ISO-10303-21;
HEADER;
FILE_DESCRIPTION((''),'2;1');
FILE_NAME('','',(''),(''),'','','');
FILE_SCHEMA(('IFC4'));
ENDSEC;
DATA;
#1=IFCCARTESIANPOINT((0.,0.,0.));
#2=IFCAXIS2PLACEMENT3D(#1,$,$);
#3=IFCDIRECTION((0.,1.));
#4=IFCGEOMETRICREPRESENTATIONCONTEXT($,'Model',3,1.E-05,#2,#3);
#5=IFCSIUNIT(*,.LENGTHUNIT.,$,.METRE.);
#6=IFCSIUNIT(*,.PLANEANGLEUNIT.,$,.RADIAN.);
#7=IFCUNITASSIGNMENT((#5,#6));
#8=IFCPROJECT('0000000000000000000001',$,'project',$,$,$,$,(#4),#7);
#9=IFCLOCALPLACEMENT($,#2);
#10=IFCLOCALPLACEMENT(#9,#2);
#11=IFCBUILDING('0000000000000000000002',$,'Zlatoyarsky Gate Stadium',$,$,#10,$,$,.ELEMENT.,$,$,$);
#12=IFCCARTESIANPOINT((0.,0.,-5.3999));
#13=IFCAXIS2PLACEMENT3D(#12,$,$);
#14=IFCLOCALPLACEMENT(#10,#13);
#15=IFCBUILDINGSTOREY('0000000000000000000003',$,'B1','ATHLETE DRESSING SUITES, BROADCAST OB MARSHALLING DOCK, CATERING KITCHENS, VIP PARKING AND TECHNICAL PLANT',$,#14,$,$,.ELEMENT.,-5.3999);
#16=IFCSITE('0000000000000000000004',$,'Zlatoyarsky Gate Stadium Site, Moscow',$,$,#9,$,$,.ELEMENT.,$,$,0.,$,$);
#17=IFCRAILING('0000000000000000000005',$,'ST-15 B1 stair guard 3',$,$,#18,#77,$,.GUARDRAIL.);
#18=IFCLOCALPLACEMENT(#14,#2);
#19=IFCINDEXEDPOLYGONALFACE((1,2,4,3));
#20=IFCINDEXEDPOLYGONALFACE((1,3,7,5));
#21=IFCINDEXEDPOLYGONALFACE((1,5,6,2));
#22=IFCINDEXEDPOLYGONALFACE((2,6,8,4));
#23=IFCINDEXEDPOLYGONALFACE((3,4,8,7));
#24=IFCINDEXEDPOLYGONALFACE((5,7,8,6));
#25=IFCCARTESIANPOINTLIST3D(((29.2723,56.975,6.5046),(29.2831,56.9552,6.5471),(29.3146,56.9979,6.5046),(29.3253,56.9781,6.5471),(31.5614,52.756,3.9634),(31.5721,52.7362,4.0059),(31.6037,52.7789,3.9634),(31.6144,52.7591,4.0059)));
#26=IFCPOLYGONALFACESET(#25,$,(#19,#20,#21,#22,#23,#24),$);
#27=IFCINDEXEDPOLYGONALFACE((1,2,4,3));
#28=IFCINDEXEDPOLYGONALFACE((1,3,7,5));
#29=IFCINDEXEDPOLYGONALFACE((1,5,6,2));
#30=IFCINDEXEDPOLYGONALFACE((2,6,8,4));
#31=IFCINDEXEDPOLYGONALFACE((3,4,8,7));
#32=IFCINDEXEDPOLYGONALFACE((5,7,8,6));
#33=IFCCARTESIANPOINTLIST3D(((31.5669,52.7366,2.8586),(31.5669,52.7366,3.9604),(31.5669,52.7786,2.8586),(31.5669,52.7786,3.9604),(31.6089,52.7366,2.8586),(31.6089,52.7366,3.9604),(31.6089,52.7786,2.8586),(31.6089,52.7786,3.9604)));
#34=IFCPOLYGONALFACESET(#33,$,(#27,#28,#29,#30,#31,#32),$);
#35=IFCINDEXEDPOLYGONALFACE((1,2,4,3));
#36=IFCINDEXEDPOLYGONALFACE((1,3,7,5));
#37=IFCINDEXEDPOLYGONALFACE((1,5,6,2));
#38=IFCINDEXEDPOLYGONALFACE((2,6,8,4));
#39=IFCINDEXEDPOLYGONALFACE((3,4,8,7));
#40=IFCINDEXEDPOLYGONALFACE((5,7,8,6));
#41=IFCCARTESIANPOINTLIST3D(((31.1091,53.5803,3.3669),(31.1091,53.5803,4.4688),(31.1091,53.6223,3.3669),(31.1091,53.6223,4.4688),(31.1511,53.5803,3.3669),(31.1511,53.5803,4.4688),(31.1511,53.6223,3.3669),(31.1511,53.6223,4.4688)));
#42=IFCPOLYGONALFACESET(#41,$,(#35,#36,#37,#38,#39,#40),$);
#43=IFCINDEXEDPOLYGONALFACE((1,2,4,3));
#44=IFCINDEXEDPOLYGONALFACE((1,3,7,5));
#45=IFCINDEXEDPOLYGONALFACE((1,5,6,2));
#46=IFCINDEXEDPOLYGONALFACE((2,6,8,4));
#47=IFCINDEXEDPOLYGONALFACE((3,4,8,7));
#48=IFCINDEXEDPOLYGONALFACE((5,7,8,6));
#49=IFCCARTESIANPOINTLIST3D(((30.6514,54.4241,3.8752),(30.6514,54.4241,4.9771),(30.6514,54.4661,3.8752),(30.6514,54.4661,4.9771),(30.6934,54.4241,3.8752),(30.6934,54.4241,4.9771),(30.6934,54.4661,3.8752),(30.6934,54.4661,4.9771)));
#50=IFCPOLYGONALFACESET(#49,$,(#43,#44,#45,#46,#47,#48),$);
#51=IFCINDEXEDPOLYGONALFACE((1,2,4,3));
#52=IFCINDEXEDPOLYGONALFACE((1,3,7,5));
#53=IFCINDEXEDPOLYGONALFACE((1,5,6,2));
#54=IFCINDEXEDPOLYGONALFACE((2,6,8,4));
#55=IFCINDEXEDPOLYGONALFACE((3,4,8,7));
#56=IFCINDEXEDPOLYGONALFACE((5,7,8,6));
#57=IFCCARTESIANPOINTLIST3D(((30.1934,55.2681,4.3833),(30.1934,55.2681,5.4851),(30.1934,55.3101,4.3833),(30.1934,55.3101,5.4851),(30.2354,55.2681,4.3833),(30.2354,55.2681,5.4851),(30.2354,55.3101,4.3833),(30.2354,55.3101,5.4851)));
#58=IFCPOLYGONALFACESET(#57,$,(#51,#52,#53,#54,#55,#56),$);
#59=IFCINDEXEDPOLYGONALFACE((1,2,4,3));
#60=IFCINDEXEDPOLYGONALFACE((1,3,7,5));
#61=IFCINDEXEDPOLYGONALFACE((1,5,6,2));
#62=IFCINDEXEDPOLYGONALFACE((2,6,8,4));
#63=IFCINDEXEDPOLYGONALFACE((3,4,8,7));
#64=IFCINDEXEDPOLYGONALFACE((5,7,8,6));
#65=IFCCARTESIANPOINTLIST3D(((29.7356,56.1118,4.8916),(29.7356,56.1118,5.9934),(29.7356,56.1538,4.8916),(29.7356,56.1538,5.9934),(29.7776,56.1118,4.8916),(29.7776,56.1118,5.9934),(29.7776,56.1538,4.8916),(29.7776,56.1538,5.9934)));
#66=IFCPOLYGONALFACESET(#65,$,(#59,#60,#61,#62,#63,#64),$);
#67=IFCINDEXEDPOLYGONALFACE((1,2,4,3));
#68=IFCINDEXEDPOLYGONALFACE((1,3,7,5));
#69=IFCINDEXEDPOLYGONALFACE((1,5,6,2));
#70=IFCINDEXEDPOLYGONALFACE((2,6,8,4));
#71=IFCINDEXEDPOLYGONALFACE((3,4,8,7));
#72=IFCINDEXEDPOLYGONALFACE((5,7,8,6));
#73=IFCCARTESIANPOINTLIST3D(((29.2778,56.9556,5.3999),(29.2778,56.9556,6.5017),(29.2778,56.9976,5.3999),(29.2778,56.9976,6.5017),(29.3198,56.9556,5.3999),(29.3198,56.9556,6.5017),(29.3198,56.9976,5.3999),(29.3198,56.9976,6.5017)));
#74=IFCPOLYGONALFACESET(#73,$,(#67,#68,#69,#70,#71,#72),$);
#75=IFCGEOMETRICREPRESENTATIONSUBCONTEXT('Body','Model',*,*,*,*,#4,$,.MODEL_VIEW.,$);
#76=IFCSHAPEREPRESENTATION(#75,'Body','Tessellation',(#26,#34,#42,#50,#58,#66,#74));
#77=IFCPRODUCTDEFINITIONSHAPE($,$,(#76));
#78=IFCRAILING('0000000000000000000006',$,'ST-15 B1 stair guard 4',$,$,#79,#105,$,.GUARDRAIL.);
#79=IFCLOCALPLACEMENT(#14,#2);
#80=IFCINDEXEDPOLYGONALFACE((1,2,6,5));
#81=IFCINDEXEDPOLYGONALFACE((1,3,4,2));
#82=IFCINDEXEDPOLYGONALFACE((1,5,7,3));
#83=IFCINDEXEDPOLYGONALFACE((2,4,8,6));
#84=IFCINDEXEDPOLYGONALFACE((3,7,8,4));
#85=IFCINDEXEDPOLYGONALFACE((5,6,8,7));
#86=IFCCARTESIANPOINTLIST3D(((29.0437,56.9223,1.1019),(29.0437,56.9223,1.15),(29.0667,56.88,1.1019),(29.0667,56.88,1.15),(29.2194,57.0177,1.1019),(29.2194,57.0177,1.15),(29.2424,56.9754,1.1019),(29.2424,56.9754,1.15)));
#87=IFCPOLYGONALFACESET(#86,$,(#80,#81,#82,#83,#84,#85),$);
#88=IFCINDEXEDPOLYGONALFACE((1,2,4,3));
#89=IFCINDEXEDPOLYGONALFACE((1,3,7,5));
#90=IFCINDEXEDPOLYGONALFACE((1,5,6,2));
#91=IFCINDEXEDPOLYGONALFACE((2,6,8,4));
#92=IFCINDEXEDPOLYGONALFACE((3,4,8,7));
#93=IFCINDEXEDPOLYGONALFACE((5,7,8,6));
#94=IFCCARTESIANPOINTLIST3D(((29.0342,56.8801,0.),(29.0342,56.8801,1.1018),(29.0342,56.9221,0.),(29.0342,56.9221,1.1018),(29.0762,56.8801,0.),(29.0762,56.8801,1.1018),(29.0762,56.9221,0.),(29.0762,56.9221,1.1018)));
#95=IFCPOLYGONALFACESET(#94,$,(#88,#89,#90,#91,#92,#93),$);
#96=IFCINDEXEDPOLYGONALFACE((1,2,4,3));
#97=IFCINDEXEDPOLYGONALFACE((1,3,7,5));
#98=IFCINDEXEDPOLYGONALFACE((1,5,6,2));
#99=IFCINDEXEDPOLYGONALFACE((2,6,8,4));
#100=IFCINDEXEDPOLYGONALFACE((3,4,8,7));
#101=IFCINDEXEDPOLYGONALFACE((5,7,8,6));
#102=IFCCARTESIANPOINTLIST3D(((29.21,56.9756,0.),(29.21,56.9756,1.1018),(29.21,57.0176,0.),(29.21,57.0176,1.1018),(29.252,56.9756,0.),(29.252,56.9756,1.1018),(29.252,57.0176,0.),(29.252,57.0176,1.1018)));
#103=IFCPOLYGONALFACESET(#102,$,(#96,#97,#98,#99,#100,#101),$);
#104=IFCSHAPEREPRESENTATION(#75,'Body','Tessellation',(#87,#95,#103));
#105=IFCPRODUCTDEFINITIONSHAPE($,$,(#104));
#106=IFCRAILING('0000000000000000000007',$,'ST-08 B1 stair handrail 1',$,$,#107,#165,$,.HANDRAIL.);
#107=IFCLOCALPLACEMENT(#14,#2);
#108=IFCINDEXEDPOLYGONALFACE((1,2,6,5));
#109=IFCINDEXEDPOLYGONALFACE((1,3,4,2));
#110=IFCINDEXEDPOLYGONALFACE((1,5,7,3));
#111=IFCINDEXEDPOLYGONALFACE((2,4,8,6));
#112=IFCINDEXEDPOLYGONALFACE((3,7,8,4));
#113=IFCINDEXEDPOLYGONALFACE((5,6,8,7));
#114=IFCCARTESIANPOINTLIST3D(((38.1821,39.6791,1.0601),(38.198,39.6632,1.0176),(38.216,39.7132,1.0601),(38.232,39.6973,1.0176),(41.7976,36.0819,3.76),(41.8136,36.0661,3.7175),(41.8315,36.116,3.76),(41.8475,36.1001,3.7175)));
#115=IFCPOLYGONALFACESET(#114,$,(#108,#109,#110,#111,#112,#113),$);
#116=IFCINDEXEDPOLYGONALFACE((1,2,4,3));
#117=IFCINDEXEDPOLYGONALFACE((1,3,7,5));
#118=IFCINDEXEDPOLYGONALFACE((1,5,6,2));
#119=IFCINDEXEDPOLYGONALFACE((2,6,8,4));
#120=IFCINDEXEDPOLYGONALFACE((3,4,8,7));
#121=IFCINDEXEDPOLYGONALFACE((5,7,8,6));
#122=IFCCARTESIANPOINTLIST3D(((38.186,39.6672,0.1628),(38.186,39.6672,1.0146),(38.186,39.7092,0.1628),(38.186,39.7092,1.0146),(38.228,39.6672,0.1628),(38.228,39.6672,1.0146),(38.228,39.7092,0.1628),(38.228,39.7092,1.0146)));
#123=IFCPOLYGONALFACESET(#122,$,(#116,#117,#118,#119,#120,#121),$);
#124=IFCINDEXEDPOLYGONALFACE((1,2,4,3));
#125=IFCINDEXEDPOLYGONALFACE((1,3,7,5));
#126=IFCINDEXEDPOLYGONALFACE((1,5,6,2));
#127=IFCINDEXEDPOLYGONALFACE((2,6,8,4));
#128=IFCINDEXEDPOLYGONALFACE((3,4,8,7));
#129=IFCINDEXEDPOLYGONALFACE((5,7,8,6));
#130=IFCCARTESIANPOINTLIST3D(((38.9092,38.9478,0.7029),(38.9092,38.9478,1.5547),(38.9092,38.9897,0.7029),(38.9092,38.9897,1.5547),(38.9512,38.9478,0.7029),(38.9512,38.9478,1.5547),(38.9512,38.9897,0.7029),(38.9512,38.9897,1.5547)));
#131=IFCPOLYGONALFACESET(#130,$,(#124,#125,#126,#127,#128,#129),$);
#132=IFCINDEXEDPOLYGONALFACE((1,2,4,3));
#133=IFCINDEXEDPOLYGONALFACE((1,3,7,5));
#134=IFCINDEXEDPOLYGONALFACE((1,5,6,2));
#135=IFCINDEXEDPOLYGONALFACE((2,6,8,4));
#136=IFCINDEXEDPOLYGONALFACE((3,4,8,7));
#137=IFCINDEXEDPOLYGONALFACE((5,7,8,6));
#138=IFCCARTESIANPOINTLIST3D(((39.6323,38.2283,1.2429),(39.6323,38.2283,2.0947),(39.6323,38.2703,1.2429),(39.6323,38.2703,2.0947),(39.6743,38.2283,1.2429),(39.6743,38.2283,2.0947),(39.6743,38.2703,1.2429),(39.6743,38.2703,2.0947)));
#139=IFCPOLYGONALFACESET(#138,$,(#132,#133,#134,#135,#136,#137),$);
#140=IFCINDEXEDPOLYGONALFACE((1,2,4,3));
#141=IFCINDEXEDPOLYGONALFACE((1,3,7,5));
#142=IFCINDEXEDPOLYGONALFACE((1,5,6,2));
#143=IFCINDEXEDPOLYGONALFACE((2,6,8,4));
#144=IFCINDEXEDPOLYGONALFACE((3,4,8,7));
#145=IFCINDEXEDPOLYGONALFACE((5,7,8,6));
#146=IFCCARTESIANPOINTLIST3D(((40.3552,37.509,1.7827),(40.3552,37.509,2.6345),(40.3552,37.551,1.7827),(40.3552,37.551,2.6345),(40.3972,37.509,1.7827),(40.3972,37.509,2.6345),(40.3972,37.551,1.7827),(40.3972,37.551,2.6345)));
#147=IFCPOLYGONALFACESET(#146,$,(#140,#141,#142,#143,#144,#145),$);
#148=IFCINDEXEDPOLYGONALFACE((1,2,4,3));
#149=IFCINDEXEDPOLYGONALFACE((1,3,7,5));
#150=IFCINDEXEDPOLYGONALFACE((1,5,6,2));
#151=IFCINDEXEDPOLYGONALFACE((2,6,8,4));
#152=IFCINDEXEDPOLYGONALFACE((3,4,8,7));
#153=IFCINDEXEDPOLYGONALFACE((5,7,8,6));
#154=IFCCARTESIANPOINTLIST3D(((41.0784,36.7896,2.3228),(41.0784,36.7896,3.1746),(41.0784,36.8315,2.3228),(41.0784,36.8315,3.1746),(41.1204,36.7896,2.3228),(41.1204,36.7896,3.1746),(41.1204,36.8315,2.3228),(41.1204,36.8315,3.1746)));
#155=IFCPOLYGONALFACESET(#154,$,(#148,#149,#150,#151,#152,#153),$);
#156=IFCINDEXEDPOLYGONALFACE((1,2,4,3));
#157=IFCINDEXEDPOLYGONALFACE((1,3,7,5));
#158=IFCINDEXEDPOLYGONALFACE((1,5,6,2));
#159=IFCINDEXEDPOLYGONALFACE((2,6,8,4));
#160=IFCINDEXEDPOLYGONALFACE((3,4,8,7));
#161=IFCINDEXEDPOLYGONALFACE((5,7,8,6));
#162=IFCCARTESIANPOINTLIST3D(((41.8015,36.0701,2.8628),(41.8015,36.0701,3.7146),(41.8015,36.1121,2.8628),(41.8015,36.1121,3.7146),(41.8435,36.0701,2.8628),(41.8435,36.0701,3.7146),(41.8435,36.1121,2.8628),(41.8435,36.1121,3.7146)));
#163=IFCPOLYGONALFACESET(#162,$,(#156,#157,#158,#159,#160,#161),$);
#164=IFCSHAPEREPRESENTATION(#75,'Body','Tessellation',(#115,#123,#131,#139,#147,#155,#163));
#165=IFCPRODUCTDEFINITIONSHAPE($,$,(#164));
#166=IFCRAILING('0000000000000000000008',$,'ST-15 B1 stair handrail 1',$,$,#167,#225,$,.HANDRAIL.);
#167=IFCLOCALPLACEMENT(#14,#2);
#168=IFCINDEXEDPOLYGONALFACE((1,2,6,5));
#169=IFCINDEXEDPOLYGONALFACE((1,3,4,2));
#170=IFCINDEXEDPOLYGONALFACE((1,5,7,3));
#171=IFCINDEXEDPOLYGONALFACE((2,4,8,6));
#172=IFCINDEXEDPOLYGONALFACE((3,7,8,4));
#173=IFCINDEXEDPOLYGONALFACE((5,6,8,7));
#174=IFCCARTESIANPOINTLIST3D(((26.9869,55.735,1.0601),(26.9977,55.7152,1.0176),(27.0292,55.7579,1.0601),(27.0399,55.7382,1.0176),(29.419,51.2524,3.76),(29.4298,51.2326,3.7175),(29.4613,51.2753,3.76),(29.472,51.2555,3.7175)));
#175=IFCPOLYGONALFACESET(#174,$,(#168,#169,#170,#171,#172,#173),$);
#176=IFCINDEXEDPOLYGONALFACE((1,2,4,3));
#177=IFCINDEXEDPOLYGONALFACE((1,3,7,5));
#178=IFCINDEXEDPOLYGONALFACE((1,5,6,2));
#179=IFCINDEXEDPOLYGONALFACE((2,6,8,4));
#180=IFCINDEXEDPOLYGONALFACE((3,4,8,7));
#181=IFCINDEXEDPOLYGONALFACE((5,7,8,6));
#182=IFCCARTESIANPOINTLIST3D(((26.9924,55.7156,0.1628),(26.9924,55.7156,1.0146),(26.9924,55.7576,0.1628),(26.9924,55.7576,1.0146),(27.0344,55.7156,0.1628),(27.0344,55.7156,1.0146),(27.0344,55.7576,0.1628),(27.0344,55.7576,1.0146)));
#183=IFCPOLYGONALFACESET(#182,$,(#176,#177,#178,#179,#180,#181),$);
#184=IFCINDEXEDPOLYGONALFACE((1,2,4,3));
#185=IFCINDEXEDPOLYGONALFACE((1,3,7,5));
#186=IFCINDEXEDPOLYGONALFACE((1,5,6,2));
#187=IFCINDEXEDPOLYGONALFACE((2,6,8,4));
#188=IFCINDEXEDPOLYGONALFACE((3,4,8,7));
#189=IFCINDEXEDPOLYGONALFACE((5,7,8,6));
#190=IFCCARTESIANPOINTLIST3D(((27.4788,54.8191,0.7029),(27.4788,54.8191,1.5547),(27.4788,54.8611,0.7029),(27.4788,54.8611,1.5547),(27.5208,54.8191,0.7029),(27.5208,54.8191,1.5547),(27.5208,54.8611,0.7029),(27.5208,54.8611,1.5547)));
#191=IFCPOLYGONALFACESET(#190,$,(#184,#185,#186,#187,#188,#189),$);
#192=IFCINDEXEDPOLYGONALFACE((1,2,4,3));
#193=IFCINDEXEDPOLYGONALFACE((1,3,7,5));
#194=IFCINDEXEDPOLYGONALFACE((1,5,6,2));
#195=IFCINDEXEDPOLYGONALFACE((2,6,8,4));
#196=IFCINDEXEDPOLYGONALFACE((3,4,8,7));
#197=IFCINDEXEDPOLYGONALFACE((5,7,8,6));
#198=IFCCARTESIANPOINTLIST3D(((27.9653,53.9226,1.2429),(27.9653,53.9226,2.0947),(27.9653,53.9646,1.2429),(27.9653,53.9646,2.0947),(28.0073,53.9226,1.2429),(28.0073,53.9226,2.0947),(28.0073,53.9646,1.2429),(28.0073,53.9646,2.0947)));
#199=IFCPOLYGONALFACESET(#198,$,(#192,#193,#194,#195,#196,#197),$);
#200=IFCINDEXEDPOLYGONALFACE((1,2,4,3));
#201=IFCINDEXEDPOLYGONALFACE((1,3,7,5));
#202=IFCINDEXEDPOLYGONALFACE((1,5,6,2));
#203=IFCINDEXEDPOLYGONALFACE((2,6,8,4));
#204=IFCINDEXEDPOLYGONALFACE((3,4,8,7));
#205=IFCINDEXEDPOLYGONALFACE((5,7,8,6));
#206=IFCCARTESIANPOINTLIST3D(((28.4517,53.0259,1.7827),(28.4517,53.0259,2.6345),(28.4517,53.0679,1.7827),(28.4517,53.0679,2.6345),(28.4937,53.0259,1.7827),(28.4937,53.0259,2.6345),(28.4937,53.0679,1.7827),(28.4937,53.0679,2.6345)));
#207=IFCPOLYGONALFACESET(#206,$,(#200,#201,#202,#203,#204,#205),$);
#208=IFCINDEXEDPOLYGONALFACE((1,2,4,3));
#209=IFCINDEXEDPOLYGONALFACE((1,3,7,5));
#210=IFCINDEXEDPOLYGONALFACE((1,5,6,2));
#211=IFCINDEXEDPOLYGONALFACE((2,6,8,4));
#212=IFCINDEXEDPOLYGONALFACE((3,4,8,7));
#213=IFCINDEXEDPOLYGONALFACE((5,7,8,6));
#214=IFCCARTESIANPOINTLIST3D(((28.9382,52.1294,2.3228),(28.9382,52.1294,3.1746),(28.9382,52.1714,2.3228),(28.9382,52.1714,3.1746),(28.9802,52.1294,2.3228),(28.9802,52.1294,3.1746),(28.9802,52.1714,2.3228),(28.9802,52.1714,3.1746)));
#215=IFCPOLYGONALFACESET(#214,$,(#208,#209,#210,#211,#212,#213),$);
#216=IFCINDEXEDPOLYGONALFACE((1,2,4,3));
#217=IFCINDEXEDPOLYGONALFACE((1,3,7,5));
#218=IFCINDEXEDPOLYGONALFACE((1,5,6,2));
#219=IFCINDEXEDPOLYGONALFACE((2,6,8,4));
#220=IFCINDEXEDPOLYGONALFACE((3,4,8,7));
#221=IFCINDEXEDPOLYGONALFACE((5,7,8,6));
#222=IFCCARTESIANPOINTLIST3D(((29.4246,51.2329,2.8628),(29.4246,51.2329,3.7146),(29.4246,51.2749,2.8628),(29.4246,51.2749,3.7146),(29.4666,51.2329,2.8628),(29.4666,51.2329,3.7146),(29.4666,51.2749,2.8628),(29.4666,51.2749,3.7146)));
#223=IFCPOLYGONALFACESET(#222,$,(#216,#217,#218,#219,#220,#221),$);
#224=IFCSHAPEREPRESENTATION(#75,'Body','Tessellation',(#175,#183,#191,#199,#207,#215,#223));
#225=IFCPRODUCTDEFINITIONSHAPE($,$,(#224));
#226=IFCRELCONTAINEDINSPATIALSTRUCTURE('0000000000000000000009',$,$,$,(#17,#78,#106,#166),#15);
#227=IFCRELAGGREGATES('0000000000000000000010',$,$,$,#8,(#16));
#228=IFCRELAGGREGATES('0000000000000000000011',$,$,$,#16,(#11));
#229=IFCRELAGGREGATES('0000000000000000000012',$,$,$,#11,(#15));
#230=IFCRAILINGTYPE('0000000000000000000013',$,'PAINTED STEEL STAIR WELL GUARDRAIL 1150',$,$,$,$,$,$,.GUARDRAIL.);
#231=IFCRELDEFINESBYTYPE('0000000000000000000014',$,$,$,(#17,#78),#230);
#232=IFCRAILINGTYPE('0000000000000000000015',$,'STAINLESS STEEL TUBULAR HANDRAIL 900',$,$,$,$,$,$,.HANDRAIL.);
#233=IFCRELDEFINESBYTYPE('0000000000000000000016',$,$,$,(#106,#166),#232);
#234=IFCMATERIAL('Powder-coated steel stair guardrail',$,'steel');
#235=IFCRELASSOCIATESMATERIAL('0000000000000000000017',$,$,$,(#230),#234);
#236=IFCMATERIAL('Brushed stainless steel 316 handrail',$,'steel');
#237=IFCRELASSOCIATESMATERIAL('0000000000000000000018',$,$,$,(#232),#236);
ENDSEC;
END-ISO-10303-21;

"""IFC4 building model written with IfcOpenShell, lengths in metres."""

from ifc_helpers import new_model, si_unit, direction, frame, origin, origin_2d, place, context, subcontext, project, spatial, rectangle, extrude, material, type_object, element, save


model = new_model("IFC4")

# Units and contexts
model_context = context("Model", 3, precision=1e-05, world=origin(), true_north=direction((0.0, 1.0)))
body_context = subcontext(model_context, "Body", "Model", "MODEL_VIEW")
ifc_project = project(units=[si_unit("LENGTHUNIT", "METRE"), si_unit("PLANEANGLEUNIT", "RADIAN")], contexts=[model_context])

# Site, building, storey
site_placement = place(None, origin())
site = spatial("IfcSite", under=ifc_project, at=site_placement, Name="Zlatoyarsky Gate Stadium Site, Moscow", CompositionType="ELEMENT", RefElevation=0.0)
building_placement = place(site_placement, origin())
building = spatial("IfcBuilding", under=site, at=building_placement, Name="Zlatoyarsky Gate Stadium", CompositionType="ELEMENT")
storey_placement = place(building_placement, frame((0.0, 0.0, -5.3999)))
storey = spatial("IfcBuildingStorey", under=building, at=storey_placement, Name="B1", Description="ATHLETE DRESSING SUITES, BROADCAST OB MARSHALLING DOCK, CATERING KITCHENS, VIP PARKING AND TECHNICAL PLANT", CompositionType="ELEMENT", Elevation=-5.3999)

# Railings
ifc_material_1 = material(Name="Powder-coated steel stair guardrail", Category="steel")
railing_type_1 = type_object("IfcRailingType", Name="PAINTED STEEL STAIR WELL GUARDRAIL 1150", PredefinedType="GUARDRAIL", material=ifc_material_1)
railing_1_placement = place(storey_placement, frame((31.5879, 52.7576, 2.8586)))
element("IfcRailing", 1, at=railing_1_placement, inside=storey, type_object=railing_type_1, Name="ST-15 B1 stair guard 3", PredefinedType="GUARDRAIL", context=body_context, shape_type="SweptSolid", body=[
    extrude(rectangle(XDim=0.0481, YDim=0.0481, at=origin_2d()), frame((0.0, 0.0, 1.126), z_axis=(-0.421467, 0.77681, 0.467902), x_axis=(-0.878962, -0.476891, 0.0)), (0.0, 0.0, 1.0), 5.4312),
    extrude(rectangle(XDim=0.042, YDim=0.042, at=origin_2d()), origin(), (0.0, 0.0, 1.0), 1.1018),
    extrude(rectangle(XDim=0.042, YDim=0.042, at=origin_2d()), frame((-0.4578, 0.8438, 0.5083)), (0.0, 0.0, 1.0), 1.1018),
    extrude(rectangle(XDim=0.042, YDim=0.042, at=origin_2d()), frame((-0.9155, 1.6875, 1.0166)), (0.0, 0.0, 1.0), 1.1018),
    extrude(rectangle(XDim=0.042, YDim=0.042, at=origin_2d()), frame((-1.3735, 2.5315, 1.5247)), (0.0, 0.0, 1.0), 1.1018),
    extrude(rectangle(XDim=0.042, YDim=0.042, at=origin_2d()), frame((-1.8313, 3.3752, 2.033)), (0.0, 0.0, 1.0), 1.1018),
    extrude(rectangle(XDim=0.042, YDim=0.042, at=origin_2d()), frame((-2.2891, 4.219, 2.5413)), (0.0, 0.0, 1.0), 1.1018),
])
railing_2_placement = place(storey_placement, frame((29.0552, 56.9011, 0.0)))
element("IfcRailing", 2, at=railing_2_placement, inside=storey, type_object=railing_type_1, Name="ST-15 B1 stair guard 4", PredefinedType="GUARDRAIL", context=body_context, shape_type="SweptSolid", body=[
    extrude(rectangle(XDim=0.0481, YDim=0.0481, at=origin_2d()), frame((0.0, 0.0, 1.126), z_axis=(0.87878, 0.477227, 0.0), x_axis=(-0.477227, 0.87878, 0.0)), (0.0, 0.0, 1.0), 0.2),
    extrude(rectangle(XDim=0.042, YDim=0.042, at=origin_2d()), origin(), (0.0, 0.0, 1.0), 1.1018),
    extrude(rectangle(XDim=0.042, YDim=0.042, at=origin_2d()), frame((0.1758, 0.0955, 0.0)), (0.0, 0.0, 1.0), 1.1018),
])
ifc_material_2 = material(Name="Brushed stainless steel 316 handrail", Category="steel")
railing_type_2 = type_object("IfcRailingType", Name="STAINLESS STEEL TUBULAR HANDRAIL 900", PredefinedType="HANDRAIL", material=ifc_material_2)
railing_3_placement = place(storey_placement, frame((38.207, 39.6882, 0.1628)))
element("IfcRailing", 3, at=railing_3_placement, inside=storey, type_object=railing_type_2, Name="ST-08 B1 stair handrail 1", PredefinedType="HANDRAIL", context=body_context, shape_type="SweptSolid", body=[
    extrude(rectangle(XDim=0.0481, YDim=0.0481, at=origin_2d()), frame((0.0, 0.0, 0.876), z_axis=(0.626523, -0.62335, 0.467872), x_axis=(0.705309, 0.7089, 0.0)), (0.0, 0.0, 1.0), 5.7708),
    extrude(rectangle(XDim=0.042, YDim=0.042, at=origin_2d()), origin(), (0.0, 0.0, 1.0), 0.8518),
    extrude(rectangle(XDim=0.042, YDim=0.042, at=origin_2d()), frame((0.7231, -0.7195, 0.54)), (0.0, 0.0, 1.0), 0.8518),
    extrude(rectangle(XDim=0.042, YDim=0.042, at=origin_2d()), frame((1.4463, -1.439, 1.0801)), (0.0, 0.0, 1.0), 0.8518),
    extrude(rectangle(XDim=0.042, YDim=0.042, at=origin_2d()), frame((2.1692, -2.1582, 1.6199)), (0.0, 0.0, 1.0), 0.8518),
    extrude(rectangle(XDim=0.042, YDim=0.042, at=origin_2d()), frame((2.8923, -2.8777, 2.1599)), (0.0, 0.0, 1.0), 0.8518),
    extrude(rectangle(XDim=0.042, YDim=0.042, at=origin_2d()), frame((3.6155, -3.5972, 2.7)), (0.0, 0.0, 1.0), 0.8518),
])
railing_4_placement = place(storey_placement, frame((27.0134, 55.7366, 0.1628)))
element("IfcRailing", 4, at=railing_4_placement, inside=storey, type_object=railing_type_2, Name="ST-15 B1 stair handrail 1", PredefinedType="HANDRAIL", context=body_context, shape_type="SweptSolid", body=[
    extrude(rectangle(XDim=0.0481, YDim=0.0481, at=origin_2d()), frame((0.0, 0.0, 0.876), z_axis=(0.421472, -0.776817, 0.467884), x_axis=(0.878962, 0.476892, 0.0)), (0.0, 0.0, 1.0), 5.7705),
    extrude(rectangle(XDim=0.042, YDim=0.042, at=origin_2d()), origin(), (0.0, 0.0, 1.0), 0.8518),
    extrude(rectangle(XDim=0.042, YDim=0.042, at=origin_2d()), frame((0.4863, -0.8965, 0.54)), (0.0, 0.0, 1.0), 0.8518),
    extrude(rectangle(XDim=0.042, YDim=0.042, at=origin_2d()), frame((0.9729, -1.793, 1.0801)), (0.0, 0.0, 1.0), 0.8518),
    extrude(rectangle(XDim=0.042, YDim=0.042, at=origin_2d()), frame((1.4592, -2.6897, 1.6199)), (0.0, 0.0, 1.0), 0.8518),
    extrude(rectangle(XDim=0.042, YDim=0.042, at=origin_2d()), frame((1.9458, -3.5862, 2.1599)), (0.0, 0.0, 1.0), 0.8518),
    extrude(rectangle(XDim=0.042, YDim=0.042, at=origin_2d()), frame((2.4321, -4.4827, 2.7)), (0.0, 0.0, 1.0), 0.8518),
])

save(model, "model.ifc")
